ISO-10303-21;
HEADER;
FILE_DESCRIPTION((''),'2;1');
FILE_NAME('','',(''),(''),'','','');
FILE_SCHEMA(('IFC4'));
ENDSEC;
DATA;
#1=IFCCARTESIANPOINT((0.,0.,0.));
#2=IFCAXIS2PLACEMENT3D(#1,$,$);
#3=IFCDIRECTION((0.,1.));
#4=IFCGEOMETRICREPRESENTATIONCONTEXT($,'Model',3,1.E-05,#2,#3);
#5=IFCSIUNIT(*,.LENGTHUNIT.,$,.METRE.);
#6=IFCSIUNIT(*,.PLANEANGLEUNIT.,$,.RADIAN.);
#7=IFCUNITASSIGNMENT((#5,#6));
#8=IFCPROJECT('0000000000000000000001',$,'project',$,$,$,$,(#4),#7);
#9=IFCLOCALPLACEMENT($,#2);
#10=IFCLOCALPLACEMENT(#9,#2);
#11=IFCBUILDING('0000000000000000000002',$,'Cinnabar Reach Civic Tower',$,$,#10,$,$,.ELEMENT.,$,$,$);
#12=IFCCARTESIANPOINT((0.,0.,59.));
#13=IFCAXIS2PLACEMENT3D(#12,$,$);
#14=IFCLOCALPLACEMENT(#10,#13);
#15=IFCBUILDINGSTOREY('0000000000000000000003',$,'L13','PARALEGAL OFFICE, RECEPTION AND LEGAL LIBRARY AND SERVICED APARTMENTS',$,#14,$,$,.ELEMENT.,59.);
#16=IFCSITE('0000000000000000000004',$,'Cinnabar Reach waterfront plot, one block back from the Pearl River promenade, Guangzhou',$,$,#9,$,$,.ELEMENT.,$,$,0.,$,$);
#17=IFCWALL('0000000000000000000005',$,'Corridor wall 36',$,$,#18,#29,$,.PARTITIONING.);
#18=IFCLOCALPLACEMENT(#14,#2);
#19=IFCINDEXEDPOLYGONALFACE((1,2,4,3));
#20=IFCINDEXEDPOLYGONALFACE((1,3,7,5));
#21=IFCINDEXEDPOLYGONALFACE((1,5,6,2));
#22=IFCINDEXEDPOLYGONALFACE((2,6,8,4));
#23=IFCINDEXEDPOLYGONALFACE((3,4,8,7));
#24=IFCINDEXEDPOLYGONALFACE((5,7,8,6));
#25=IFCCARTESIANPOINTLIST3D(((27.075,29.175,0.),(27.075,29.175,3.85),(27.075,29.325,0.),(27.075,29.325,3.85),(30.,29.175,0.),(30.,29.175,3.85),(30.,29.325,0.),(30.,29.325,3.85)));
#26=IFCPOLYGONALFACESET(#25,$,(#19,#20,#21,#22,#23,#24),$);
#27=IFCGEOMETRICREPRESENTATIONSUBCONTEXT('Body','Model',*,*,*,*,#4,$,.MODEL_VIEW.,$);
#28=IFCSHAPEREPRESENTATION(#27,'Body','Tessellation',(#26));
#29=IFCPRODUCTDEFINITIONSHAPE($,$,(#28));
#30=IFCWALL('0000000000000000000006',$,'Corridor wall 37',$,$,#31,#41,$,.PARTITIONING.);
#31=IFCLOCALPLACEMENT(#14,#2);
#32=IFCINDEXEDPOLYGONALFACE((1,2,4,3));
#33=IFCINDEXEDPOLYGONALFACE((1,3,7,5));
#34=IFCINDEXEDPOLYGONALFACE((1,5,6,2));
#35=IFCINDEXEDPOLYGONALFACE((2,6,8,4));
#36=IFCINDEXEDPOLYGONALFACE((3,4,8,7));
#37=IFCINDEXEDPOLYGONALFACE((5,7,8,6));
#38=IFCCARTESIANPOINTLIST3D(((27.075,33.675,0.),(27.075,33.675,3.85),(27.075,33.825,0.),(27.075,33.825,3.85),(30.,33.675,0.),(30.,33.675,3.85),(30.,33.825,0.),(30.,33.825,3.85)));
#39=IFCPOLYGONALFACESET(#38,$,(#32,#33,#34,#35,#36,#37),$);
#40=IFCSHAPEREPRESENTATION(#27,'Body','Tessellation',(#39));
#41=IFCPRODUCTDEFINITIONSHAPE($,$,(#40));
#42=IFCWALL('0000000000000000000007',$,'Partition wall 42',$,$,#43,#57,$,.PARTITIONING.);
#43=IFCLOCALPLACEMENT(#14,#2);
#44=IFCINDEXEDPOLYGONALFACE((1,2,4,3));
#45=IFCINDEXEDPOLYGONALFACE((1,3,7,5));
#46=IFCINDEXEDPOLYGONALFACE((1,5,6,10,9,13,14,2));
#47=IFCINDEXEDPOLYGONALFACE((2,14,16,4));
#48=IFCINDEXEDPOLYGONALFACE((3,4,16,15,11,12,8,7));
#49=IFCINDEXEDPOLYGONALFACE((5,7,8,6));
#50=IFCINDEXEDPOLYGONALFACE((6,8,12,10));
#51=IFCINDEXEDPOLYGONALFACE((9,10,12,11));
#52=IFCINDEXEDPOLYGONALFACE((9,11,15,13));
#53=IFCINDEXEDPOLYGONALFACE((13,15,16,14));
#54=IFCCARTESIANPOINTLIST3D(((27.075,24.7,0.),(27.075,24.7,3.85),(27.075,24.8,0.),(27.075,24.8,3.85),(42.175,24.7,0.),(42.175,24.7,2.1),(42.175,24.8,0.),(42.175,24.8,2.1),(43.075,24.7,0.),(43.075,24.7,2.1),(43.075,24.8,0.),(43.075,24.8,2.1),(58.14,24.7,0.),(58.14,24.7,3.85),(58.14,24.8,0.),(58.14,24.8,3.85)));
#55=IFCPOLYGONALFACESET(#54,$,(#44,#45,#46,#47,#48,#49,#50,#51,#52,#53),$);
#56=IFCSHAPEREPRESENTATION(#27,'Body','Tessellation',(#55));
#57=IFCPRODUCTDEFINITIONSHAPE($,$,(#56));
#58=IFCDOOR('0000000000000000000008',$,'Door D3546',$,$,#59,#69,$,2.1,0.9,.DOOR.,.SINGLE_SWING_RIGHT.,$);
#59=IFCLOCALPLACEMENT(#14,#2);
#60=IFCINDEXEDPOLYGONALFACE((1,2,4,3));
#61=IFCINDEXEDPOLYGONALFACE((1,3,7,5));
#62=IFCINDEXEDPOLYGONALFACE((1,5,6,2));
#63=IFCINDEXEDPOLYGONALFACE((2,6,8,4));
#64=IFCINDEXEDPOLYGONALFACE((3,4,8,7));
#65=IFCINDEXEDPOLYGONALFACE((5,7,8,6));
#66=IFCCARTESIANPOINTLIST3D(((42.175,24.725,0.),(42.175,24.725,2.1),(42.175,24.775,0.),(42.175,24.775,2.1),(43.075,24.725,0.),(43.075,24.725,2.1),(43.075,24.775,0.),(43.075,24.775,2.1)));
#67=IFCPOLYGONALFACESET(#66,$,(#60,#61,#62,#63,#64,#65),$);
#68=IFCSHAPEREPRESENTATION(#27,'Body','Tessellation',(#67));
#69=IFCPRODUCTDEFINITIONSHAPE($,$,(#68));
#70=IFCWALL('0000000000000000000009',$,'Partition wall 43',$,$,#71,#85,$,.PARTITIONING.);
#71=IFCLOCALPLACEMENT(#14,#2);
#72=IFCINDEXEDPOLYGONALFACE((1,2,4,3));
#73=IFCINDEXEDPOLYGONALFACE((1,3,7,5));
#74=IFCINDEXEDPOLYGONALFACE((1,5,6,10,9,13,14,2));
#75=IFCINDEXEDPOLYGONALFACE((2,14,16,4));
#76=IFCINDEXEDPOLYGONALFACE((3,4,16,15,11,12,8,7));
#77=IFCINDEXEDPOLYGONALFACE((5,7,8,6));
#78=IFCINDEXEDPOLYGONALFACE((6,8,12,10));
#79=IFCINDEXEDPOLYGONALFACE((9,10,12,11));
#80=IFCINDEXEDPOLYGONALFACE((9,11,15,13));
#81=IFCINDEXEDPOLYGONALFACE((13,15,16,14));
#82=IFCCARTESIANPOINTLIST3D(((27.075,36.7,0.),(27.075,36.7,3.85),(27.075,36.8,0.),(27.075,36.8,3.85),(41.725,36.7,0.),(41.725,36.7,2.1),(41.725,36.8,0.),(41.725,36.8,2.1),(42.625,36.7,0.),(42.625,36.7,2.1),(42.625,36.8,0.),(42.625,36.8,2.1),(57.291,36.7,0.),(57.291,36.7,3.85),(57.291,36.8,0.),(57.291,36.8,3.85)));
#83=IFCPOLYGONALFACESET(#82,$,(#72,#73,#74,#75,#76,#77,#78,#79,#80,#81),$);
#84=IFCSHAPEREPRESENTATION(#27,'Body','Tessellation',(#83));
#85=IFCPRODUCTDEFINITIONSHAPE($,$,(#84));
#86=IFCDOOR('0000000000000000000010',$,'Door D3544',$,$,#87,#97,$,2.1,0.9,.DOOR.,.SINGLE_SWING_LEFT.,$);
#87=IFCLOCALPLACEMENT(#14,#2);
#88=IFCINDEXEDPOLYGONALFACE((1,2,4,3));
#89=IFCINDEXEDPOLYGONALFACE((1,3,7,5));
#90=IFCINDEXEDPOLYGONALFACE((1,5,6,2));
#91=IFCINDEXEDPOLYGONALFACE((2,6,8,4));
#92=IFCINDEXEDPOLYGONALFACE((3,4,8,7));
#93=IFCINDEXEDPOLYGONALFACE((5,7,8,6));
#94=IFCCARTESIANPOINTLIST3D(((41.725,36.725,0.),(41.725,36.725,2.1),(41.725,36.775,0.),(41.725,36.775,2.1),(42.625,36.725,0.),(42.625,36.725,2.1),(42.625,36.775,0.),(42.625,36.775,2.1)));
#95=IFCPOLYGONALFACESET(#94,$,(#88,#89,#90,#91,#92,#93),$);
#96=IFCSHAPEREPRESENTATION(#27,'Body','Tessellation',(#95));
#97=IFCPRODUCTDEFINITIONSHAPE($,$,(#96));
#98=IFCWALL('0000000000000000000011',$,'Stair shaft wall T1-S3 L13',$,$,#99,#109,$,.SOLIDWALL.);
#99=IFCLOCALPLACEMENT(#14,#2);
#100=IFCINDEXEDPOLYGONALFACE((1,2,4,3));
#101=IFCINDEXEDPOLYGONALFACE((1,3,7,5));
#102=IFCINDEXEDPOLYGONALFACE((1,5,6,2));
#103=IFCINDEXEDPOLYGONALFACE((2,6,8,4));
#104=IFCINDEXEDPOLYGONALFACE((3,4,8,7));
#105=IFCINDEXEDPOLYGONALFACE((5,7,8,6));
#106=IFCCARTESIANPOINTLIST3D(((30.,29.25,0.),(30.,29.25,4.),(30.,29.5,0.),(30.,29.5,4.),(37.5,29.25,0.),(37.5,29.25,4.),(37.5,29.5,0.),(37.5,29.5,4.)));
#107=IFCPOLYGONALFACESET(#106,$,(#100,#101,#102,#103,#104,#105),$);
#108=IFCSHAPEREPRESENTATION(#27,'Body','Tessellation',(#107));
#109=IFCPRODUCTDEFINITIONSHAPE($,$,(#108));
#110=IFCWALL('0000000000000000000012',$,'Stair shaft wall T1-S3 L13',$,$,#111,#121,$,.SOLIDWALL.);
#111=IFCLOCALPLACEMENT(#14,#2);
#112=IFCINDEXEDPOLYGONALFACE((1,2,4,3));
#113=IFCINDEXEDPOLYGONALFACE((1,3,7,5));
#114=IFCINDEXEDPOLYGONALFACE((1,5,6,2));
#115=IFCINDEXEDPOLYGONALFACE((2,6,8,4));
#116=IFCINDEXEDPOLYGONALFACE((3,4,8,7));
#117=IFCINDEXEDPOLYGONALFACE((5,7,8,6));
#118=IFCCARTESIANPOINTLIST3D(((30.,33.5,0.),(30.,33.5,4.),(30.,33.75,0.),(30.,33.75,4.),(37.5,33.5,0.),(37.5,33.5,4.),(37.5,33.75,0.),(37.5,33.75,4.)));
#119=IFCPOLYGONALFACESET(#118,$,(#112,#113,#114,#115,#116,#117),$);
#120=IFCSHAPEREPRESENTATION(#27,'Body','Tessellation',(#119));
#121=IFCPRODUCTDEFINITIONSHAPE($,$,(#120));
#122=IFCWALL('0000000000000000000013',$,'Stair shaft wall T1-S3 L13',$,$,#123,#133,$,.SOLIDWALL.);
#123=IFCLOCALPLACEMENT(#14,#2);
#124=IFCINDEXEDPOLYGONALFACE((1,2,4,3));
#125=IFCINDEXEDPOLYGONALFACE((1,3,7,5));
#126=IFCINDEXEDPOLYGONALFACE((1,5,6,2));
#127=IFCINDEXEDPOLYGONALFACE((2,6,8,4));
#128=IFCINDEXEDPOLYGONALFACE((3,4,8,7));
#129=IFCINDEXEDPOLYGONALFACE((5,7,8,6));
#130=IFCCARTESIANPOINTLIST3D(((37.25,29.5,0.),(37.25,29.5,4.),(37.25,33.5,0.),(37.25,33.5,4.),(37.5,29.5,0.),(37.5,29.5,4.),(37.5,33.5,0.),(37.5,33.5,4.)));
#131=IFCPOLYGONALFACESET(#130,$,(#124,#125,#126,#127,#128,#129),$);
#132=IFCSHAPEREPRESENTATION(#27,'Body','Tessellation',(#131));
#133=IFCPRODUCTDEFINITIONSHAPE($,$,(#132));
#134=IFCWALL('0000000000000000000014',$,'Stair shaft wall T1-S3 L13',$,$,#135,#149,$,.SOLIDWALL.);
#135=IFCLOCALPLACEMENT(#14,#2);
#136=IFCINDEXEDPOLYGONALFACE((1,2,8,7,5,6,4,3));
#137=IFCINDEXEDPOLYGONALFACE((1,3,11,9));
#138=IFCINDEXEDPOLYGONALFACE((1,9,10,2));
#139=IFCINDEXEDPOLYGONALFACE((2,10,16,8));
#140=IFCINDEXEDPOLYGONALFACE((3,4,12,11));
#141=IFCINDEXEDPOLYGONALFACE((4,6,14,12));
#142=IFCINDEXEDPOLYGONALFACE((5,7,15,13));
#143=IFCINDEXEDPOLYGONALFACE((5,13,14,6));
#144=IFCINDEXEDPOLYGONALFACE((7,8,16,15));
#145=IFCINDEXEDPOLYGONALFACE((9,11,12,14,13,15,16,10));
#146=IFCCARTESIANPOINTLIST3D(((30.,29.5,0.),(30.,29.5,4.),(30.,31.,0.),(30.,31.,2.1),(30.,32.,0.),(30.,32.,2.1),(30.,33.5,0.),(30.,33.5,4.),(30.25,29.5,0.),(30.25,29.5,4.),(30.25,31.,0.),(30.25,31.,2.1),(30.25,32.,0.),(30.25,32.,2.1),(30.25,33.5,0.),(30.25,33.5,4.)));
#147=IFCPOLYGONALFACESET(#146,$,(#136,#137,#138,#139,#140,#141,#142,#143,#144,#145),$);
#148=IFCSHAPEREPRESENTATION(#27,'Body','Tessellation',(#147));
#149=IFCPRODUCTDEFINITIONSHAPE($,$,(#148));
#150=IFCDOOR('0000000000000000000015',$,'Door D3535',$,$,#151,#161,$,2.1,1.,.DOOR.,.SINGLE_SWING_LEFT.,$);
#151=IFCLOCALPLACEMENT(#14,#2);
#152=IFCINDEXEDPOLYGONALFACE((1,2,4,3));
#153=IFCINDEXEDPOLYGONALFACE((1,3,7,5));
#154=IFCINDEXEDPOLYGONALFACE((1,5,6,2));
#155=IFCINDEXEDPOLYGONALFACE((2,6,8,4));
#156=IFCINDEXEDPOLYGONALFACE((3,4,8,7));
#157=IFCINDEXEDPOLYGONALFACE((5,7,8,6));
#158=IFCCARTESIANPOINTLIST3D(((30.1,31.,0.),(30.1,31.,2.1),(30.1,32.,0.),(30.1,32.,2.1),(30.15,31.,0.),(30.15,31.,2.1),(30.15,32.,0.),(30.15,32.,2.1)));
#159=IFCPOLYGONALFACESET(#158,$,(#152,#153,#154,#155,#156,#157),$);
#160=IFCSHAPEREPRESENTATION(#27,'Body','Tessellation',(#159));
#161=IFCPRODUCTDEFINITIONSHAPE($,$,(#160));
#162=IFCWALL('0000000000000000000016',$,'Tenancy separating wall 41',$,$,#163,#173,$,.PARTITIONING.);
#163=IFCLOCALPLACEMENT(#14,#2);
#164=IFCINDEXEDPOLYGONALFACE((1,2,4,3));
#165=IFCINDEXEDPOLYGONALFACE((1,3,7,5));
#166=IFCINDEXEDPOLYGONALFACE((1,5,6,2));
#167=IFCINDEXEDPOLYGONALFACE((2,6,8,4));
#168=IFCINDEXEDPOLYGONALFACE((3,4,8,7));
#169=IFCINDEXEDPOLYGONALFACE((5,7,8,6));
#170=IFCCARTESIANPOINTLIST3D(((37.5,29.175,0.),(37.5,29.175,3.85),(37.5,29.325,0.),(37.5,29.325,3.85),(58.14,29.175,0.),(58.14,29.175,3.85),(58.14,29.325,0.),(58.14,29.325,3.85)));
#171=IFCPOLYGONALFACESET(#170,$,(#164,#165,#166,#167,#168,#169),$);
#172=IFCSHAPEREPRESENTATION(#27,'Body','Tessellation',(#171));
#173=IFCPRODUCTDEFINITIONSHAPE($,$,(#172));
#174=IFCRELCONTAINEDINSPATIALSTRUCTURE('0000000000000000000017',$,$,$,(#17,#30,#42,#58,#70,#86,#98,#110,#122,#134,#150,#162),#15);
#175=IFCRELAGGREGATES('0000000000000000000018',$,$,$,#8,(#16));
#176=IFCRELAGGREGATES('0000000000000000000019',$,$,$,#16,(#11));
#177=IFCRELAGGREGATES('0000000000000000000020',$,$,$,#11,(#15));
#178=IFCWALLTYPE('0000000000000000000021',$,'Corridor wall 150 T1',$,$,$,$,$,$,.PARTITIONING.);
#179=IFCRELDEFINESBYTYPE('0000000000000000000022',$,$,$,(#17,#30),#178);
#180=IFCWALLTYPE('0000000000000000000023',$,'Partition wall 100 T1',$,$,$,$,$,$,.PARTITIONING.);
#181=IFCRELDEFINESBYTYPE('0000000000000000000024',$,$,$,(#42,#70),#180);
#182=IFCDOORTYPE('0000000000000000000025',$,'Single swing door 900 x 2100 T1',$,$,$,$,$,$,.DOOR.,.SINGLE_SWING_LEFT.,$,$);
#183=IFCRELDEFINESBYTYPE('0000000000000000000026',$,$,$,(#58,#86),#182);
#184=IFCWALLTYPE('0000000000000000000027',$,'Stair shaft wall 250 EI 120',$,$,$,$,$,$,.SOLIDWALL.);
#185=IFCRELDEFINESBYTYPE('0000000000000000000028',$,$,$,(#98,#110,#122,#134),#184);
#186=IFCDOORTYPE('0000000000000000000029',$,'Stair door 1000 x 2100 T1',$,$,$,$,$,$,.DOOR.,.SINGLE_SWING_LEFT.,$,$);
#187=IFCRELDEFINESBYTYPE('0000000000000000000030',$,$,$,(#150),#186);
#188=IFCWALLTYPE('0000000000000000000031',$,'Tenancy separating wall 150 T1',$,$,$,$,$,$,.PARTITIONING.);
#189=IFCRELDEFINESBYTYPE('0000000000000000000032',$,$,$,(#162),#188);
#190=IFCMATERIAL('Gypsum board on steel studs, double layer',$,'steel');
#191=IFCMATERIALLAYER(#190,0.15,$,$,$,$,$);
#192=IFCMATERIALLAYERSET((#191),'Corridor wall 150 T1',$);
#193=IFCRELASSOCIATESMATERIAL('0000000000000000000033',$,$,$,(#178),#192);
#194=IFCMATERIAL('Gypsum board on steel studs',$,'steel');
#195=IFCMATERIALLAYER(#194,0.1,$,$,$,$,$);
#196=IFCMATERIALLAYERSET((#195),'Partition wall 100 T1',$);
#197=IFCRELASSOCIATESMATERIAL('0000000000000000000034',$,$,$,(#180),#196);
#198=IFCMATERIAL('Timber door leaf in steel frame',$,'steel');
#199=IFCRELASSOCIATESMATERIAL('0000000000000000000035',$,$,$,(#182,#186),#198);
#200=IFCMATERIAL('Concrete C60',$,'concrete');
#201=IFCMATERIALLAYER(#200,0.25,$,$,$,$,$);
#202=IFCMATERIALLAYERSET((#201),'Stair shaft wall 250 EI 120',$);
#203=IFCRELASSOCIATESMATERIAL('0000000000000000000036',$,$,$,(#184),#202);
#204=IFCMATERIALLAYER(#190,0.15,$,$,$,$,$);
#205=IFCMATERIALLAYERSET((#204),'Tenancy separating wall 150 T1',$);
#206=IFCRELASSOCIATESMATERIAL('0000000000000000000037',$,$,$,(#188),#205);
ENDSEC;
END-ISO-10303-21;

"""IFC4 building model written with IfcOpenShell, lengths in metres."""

from ifc_helpers import new_model, si_unit, direction, frame, frame_2d, origin, place, context, subcontext, project, spatial, rectangle, extrude, material, layer, layer_set, type_object, element, fill, save


model = new_model("IFC4")

# Units and contexts
model_context = context("Model", 3, precision=1e-05, world=origin(), true_north=direction((0.0, 1.0)))
body_context = subcontext(model_context, "Body", "Model", "MODEL_VIEW")
ifc_project = project(units=[si_unit("LENGTHUNIT", "METRE"), si_unit("PLANEANGLEUNIT", "RADIAN")], contexts=[model_context])

# Site, building, storey
site_placement = place(None, origin())
site = spatial("IfcSite", under=ifc_project, at=site_placement, Name="Cinnabar Reach waterfront plot, one block back from the Pearl River promenade, Guangzhou", CompositionType="ELEMENT", RefElevation=0.0)
building_placement = place(site_placement, origin())
building = spatial("IfcBuilding", under=site, at=building_placement, Name="Cinnabar Reach Civic Tower", CompositionType="ELEMENT")
storey_placement = place(building_placement, frame((0.0, 0.0, 59.0)))
storey = spatial("IfcBuildingStorey", under=building, at=storey_placement, Name="L13", Description="PARALEGAL OFFICE, RECEPTION AND LEGAL LIBRARY AND SERVICED APARTMENTS", CompositionType="ELEMENT", Elevation=59.0)

# Walls
ifc_material_1 = material(Name="Gypsum board on steel studs, double layer", Category="steel")
ifc_layer_1 = layer(ifc_material_1, 0.15)
ifc_layer_set_1 = layer_set([ifc_layer_1], Name="Corridor wall 150 T1")
wall_type_1 = type_object("IfcWallType", Name="Corridor wall 150 T1", PredefinedType="PARTITIONING", material=ifc_layer_set_1)
for number, where, z_axis, x_axis, name in (
    (1, (27.075, 29.25, 0.0), (0.0, 0.0, 1.0), (1.0, 0.0, 0.0), "Corridor wall 36"),
    (2, (27.075, 33.75, 0.0), (0.0, 0.0, 1.0), (1.0, 0.0, 0.0), "Corridor wall 37"),
):
    element("IfcWall", number, at=place(storey_placement, frame(where, z_axis=z_axis, x_axis=x_axis)), inside=storey, type_object=wall_type_1, Name=name, PredefinedType="PARTITIONING", context=body_context, shape_type="SweptSolid", body=[
        extrude(rectangle(XDim=2.925, YDim=0.15, at=frame_2d((1.4625, 0.0))), origin(), (0.0, 0.0, 1.0), 3.85),
    ])

# Walls, openings, doors
ifc_material_2 = material(Name="Gypsum board on steel studs", Category="steel")
ifc_layer_2 = layer(ifc_material_2, 0.1)
ifc_layer_set_2 = layer_set([ifc_layer_2], Name="Partition wall 100 T1")
wall_type_2 = type_object("IfcWallType", Name="Partition wall 100 T1", PredefinedType="PARTITIONING", material=ifc_layer_set_2)
wall_1_placement = place(storey_placement, frame((27.075, 24.75, 0.0), z_axis=(0.0, 0.0, 1.0), x_axis=(1.0, 0.0, 0.0)))
wall_1 = element("IfcWall", 3, at=wall_1_placement, inside=storey, type_object=wall_type_2, Name="Partition wall 42", PredefinedType="PARTITIONING", context=body_context, shape_type="SweptSolid", body=[
    extrude(rectangle(XDim=31.065, YDim=0.1, at=frame_2d((15.5325, 0.0))), origin(), (0.0, 0.0, 1.0), 3.85),
])
opening_1_placement = place(wall_1_placement, frame((15.1, 0.0, 0.0)))
opening_1 = element("IfcOpeningElement", 4, at=opening_1_placement, cuts=wall_1, PredefinedType="OPENING", context=body_context, shape_type="SweptSolid", body=[
    extrude(rectangle(XDim=0.9, YDim=2.1, at=frame_2d((0.45, 1.05))), frame((0.0, 0.06, 0.0), z_axis=(0.0, -1.0, 0.0), x_axis=(1.0, 0.0, 0.0)), (0.0, 0.0, 1.0), 0.12),
])
ifc_material_3 = material(Name="Timber door leaf in steel frame", Category="steel")
door_type_1 = type_object("IfcDoorType", Name="Single swing door 900 x 2100 T1", OperationType="SINGLE_SWING_LEFT", PredefinedType="DOOR", material=ifc_material_3)
door_1_placement = place(opening_1_placement, frame((0.9, 0.0, 0.0), z_axis=(0.0, 0.0, 1.0), x_axis=(-1.0, 0.0, 0.0)))
door_1 = element("IfcDoor", 5, at=door_1_placement, inside=storey, type_object=door_type_1, Name="Door D3546", OperationType="SINGLE_SWING_RIGHT", OverallHeight=2.1, OverallWidth=0.9, PredefinedType="DOOR", context=body_context, shape_type="SweptSolid", body=[
    extrude(rectangle(XDim=0.9, YDim=2.1, at=frame_2d((0.45, 1.05))), frame((0.0, 0.025, 0.0), z_axis=(0.0, -1.0, 0.0), x_axis=(1.0, 0.0, 0.0)), (0.0, 0.0, 1.0), 0.05),
])
fill(opening_1, door_1)
wall_2_placement = place(storey_placement, frame((27.075, 36.75, 0.0), z_axis=(0.0, 0.0, 1.0), x_axis=(1.0, 0.0, 0.0)))
wall_2 = element("IfcWall", 6, at=wall_2_placement, inside=storey, type_object=wall_type_2, Name="Partition wall 43", PredefinedType="PARTITIONING", context=body_context, shape_type="SweptSolid", body=[
    extrude(rectangle(XDim=30.2159, YDim=0.1, at=frame_2d((15.108, 0.0))), origin(), (0.0, 0.0, 1.0), 3.85),
])
opening_2_placement = place(wall_2_placement, frame((14.65, 0.0, 0.0)))
opening_2 = element("IfcOpeningElement", 7, at=opening_2_placement, cuts=wall_2, PredefinedType="OPENING", context=body_context, shape_type="SweptSolid", body=[
    extrude(rectangle(XDim=0.9, YDim=2.1, at=frame_2d((0.45, 1.05))), frame((0.0, 0.06, 0.0), z_axis=(0.0, -1.0, 0.0), x_axis=(1.0, 0.0, 0.0)), (0.0, 0.0, 1.0), 0.12),
])
door_2_placement = place(opening_2_placement, origin())
door_2 = element("IfcDoor", 8, at=door_2_placement, inside=storey, type_object=door_type_1, Name="Door D3544", OperationType="SINGLE_SWING_LEFT", OverallHeight=2.1, OverallWidth=0.9, PredefinedType="DOOR", context=body_context, shape_type="SweptSolid", body=[
    extrude(rectangle(XDim=0.9, YDim=2.1, at=frame_2d((0.45, 1.05))), frame((0.0, 0.025, 0.0), z_axis=(0.0, -1.0, 0.0), x_axis=(1.0, 0.0, 0.0)), (0.0, 0.0, 1.0), 0.05),
])
fill(opening_2, door_2)

# Walls
ifc_material_4 = material(Name="Concrete C60", Category="concrete")
ifc_layer_3 = layer(ifc_material_4, 0.25)
ifc_layer_set_3 = layer_set([ifc_layer_3], Name="Stair shaft wall 250 EI 120")
wall_type_3 = type_object("IfcWallType", Name="Stair shaft wall 250 EI 120", PredefinedType="SOLIDWALL", material=ifc_layer_set_3)
for number, where, z_axis, x_axis, name in (
    (9, (30.0, 29.375, 0.0), (0.0, 0.0, 1.0), (1.0, 0.0, 0.0), "Stair shaft wall T1-S3 L13"),
    (10, (37.5, 33.625, 0.0), (0.0, 0.0, 1.0), (-1.0, 0.0, 0.0), "Stair shaft wall T1-S3 L13"),
):
    element("IfcWall", number, at=place(storey_placement, frame(where, z_axis=z_axis, x_axis=x_axis)), inside=storey, type_object=wall_type_3, Name=name, PredefinedType="SOLIDWALL", context=body_context, shape_type="SweptSolid", body=[
        extrude(rectangle(XDim=7.5, YDim=0.25, at=frame_2d((3.75, 0.0))), origin(), (0.0, 0.0, 1.0), 4.0),
    ])
wall_3_placement = place(storey_placement, frame((37.375, 29.5, 0.0), z_axis=(0.0, 0.0, 1.0), x_axis=(0.0, 1.0, 0.0)))
element("IfcWall", 11, at=wall_3_placement, inside=storey, type_object=wall_type_3, Name="Stair shaft wall T1-S3 L13", PredefinedType="SOLIDWALL", context=body_context, shape_type="SweptSolid", body=[
    extrude(rectangle(XDim=4.0, YDim=0.25, at=frame_2d((2.0, 0.0))), origin(), (0.0, 0.0, 1.0), 4.0),
])

# Wall, opening, door
wall_4_placement = place(storey_placement, frame((30.125, 33.5, 0.0), z_axis=(0.0, 0.0, 1.0), x_axis=(0.0, -1.0, 0.0)))
wall_4 = element("IfcWall", 12, at=wall_4_placement, inside=storey, type_object=wall_type_3, Name="Stair shaft wall T1-S3 L13", PredefinedType="SOLIDWALL", context=body_context, shape_type="SweptSolid", body=[
    extrude(rectangle(XDim=4.0, YDim=0.25, at=frame_2d((2.0, 0.0))), origin(), (0.0, 0.0, 1.0), 4.0),
])
opening_3_placement = place(wall_4_placement, frame((1.5, 0.0, 0.0)))
opening_3 = element("IfcOpeningElement", 13, at=opening_3_placement, cuts=wall_4, PredefinedType="OPENING", context=body_context, shape_type="SweptSolid", body=[
    extrude(rectangle(XDim=1.0, YDim=2.1, at=frame_2d((0.5, 1.05))), frame((0.0, 0.135, 0.0), z_axis=(0.0, -1.0, 0.0), x_axis=(1.0, 0.0, 0.0)), (0.0, 0.0, 1.0), 0.27),
])
door_type_2 = type_object("IfcDoorType", Name="Stair door 1000 x 2100 T1", OperationType="SINGLE_SWING_LEFT", PredefinedType="DOOR", material=ifc_material_3)
door_3_placement = place(opening_3_placement, origin())
door_3 = element("IfcDoor", 14, at=door_3_placement, inside=storey, type_object=door_type_2, Name="Door D3535", OperationType="SINGLE_SWING_LEFT", OverallHeight=2.1, OverallWidth=1.0, PredefinedType="DOOR", context=body_context, shape_type="SweptSolid", body=[
    extrude(rectangle(XDim=1.0, YDim=2.1, at=frame_2d((0.5, 1.05))), frame((0.0, 0.025, 0.0), z_axis=(0.0, -1.0, 0.0), x_axis=(1.0, 0.0, 0.0)), (0.0, 0.0, 1.0), 0.05),
])
fill(opening_3, door_3)

# Wall
ifc_layer_4 = layer(ifc_material_1, 0.15)
ifc_layer_set_4 = layer_set([ifc_layer_4], Name="Tenancy separating wall 150 T1")
wall_type_4 = type_object("IfcWallType", Name="Tenancy separating wall 150 T1", PredefinedType="PARTITIONING", material=ifc_layer_set_4)
wall_5_placement = place(storey_placement, frame((37.5, 29.25, 0.0), z_axis=(0.0, 0.0, 1.0), x_axis=(1.0, 0.0, 0.0)))
element("IfcWall", 15, at=wall_5_placement, inside=storey, type_object=wall_type_4, Name="Tenancy separating wall 41", PredefinedType="PARTITIONING", context=body_context, shape_type="SweptSolid", body=[
    extrude(rectangle(XDim=20.64, YDim=0.15, at=frame_2d((10.32, 0.0))), origin(), (0.0, 0.0, 1.0), 3.85),
])

save(model, "model.ifc")
